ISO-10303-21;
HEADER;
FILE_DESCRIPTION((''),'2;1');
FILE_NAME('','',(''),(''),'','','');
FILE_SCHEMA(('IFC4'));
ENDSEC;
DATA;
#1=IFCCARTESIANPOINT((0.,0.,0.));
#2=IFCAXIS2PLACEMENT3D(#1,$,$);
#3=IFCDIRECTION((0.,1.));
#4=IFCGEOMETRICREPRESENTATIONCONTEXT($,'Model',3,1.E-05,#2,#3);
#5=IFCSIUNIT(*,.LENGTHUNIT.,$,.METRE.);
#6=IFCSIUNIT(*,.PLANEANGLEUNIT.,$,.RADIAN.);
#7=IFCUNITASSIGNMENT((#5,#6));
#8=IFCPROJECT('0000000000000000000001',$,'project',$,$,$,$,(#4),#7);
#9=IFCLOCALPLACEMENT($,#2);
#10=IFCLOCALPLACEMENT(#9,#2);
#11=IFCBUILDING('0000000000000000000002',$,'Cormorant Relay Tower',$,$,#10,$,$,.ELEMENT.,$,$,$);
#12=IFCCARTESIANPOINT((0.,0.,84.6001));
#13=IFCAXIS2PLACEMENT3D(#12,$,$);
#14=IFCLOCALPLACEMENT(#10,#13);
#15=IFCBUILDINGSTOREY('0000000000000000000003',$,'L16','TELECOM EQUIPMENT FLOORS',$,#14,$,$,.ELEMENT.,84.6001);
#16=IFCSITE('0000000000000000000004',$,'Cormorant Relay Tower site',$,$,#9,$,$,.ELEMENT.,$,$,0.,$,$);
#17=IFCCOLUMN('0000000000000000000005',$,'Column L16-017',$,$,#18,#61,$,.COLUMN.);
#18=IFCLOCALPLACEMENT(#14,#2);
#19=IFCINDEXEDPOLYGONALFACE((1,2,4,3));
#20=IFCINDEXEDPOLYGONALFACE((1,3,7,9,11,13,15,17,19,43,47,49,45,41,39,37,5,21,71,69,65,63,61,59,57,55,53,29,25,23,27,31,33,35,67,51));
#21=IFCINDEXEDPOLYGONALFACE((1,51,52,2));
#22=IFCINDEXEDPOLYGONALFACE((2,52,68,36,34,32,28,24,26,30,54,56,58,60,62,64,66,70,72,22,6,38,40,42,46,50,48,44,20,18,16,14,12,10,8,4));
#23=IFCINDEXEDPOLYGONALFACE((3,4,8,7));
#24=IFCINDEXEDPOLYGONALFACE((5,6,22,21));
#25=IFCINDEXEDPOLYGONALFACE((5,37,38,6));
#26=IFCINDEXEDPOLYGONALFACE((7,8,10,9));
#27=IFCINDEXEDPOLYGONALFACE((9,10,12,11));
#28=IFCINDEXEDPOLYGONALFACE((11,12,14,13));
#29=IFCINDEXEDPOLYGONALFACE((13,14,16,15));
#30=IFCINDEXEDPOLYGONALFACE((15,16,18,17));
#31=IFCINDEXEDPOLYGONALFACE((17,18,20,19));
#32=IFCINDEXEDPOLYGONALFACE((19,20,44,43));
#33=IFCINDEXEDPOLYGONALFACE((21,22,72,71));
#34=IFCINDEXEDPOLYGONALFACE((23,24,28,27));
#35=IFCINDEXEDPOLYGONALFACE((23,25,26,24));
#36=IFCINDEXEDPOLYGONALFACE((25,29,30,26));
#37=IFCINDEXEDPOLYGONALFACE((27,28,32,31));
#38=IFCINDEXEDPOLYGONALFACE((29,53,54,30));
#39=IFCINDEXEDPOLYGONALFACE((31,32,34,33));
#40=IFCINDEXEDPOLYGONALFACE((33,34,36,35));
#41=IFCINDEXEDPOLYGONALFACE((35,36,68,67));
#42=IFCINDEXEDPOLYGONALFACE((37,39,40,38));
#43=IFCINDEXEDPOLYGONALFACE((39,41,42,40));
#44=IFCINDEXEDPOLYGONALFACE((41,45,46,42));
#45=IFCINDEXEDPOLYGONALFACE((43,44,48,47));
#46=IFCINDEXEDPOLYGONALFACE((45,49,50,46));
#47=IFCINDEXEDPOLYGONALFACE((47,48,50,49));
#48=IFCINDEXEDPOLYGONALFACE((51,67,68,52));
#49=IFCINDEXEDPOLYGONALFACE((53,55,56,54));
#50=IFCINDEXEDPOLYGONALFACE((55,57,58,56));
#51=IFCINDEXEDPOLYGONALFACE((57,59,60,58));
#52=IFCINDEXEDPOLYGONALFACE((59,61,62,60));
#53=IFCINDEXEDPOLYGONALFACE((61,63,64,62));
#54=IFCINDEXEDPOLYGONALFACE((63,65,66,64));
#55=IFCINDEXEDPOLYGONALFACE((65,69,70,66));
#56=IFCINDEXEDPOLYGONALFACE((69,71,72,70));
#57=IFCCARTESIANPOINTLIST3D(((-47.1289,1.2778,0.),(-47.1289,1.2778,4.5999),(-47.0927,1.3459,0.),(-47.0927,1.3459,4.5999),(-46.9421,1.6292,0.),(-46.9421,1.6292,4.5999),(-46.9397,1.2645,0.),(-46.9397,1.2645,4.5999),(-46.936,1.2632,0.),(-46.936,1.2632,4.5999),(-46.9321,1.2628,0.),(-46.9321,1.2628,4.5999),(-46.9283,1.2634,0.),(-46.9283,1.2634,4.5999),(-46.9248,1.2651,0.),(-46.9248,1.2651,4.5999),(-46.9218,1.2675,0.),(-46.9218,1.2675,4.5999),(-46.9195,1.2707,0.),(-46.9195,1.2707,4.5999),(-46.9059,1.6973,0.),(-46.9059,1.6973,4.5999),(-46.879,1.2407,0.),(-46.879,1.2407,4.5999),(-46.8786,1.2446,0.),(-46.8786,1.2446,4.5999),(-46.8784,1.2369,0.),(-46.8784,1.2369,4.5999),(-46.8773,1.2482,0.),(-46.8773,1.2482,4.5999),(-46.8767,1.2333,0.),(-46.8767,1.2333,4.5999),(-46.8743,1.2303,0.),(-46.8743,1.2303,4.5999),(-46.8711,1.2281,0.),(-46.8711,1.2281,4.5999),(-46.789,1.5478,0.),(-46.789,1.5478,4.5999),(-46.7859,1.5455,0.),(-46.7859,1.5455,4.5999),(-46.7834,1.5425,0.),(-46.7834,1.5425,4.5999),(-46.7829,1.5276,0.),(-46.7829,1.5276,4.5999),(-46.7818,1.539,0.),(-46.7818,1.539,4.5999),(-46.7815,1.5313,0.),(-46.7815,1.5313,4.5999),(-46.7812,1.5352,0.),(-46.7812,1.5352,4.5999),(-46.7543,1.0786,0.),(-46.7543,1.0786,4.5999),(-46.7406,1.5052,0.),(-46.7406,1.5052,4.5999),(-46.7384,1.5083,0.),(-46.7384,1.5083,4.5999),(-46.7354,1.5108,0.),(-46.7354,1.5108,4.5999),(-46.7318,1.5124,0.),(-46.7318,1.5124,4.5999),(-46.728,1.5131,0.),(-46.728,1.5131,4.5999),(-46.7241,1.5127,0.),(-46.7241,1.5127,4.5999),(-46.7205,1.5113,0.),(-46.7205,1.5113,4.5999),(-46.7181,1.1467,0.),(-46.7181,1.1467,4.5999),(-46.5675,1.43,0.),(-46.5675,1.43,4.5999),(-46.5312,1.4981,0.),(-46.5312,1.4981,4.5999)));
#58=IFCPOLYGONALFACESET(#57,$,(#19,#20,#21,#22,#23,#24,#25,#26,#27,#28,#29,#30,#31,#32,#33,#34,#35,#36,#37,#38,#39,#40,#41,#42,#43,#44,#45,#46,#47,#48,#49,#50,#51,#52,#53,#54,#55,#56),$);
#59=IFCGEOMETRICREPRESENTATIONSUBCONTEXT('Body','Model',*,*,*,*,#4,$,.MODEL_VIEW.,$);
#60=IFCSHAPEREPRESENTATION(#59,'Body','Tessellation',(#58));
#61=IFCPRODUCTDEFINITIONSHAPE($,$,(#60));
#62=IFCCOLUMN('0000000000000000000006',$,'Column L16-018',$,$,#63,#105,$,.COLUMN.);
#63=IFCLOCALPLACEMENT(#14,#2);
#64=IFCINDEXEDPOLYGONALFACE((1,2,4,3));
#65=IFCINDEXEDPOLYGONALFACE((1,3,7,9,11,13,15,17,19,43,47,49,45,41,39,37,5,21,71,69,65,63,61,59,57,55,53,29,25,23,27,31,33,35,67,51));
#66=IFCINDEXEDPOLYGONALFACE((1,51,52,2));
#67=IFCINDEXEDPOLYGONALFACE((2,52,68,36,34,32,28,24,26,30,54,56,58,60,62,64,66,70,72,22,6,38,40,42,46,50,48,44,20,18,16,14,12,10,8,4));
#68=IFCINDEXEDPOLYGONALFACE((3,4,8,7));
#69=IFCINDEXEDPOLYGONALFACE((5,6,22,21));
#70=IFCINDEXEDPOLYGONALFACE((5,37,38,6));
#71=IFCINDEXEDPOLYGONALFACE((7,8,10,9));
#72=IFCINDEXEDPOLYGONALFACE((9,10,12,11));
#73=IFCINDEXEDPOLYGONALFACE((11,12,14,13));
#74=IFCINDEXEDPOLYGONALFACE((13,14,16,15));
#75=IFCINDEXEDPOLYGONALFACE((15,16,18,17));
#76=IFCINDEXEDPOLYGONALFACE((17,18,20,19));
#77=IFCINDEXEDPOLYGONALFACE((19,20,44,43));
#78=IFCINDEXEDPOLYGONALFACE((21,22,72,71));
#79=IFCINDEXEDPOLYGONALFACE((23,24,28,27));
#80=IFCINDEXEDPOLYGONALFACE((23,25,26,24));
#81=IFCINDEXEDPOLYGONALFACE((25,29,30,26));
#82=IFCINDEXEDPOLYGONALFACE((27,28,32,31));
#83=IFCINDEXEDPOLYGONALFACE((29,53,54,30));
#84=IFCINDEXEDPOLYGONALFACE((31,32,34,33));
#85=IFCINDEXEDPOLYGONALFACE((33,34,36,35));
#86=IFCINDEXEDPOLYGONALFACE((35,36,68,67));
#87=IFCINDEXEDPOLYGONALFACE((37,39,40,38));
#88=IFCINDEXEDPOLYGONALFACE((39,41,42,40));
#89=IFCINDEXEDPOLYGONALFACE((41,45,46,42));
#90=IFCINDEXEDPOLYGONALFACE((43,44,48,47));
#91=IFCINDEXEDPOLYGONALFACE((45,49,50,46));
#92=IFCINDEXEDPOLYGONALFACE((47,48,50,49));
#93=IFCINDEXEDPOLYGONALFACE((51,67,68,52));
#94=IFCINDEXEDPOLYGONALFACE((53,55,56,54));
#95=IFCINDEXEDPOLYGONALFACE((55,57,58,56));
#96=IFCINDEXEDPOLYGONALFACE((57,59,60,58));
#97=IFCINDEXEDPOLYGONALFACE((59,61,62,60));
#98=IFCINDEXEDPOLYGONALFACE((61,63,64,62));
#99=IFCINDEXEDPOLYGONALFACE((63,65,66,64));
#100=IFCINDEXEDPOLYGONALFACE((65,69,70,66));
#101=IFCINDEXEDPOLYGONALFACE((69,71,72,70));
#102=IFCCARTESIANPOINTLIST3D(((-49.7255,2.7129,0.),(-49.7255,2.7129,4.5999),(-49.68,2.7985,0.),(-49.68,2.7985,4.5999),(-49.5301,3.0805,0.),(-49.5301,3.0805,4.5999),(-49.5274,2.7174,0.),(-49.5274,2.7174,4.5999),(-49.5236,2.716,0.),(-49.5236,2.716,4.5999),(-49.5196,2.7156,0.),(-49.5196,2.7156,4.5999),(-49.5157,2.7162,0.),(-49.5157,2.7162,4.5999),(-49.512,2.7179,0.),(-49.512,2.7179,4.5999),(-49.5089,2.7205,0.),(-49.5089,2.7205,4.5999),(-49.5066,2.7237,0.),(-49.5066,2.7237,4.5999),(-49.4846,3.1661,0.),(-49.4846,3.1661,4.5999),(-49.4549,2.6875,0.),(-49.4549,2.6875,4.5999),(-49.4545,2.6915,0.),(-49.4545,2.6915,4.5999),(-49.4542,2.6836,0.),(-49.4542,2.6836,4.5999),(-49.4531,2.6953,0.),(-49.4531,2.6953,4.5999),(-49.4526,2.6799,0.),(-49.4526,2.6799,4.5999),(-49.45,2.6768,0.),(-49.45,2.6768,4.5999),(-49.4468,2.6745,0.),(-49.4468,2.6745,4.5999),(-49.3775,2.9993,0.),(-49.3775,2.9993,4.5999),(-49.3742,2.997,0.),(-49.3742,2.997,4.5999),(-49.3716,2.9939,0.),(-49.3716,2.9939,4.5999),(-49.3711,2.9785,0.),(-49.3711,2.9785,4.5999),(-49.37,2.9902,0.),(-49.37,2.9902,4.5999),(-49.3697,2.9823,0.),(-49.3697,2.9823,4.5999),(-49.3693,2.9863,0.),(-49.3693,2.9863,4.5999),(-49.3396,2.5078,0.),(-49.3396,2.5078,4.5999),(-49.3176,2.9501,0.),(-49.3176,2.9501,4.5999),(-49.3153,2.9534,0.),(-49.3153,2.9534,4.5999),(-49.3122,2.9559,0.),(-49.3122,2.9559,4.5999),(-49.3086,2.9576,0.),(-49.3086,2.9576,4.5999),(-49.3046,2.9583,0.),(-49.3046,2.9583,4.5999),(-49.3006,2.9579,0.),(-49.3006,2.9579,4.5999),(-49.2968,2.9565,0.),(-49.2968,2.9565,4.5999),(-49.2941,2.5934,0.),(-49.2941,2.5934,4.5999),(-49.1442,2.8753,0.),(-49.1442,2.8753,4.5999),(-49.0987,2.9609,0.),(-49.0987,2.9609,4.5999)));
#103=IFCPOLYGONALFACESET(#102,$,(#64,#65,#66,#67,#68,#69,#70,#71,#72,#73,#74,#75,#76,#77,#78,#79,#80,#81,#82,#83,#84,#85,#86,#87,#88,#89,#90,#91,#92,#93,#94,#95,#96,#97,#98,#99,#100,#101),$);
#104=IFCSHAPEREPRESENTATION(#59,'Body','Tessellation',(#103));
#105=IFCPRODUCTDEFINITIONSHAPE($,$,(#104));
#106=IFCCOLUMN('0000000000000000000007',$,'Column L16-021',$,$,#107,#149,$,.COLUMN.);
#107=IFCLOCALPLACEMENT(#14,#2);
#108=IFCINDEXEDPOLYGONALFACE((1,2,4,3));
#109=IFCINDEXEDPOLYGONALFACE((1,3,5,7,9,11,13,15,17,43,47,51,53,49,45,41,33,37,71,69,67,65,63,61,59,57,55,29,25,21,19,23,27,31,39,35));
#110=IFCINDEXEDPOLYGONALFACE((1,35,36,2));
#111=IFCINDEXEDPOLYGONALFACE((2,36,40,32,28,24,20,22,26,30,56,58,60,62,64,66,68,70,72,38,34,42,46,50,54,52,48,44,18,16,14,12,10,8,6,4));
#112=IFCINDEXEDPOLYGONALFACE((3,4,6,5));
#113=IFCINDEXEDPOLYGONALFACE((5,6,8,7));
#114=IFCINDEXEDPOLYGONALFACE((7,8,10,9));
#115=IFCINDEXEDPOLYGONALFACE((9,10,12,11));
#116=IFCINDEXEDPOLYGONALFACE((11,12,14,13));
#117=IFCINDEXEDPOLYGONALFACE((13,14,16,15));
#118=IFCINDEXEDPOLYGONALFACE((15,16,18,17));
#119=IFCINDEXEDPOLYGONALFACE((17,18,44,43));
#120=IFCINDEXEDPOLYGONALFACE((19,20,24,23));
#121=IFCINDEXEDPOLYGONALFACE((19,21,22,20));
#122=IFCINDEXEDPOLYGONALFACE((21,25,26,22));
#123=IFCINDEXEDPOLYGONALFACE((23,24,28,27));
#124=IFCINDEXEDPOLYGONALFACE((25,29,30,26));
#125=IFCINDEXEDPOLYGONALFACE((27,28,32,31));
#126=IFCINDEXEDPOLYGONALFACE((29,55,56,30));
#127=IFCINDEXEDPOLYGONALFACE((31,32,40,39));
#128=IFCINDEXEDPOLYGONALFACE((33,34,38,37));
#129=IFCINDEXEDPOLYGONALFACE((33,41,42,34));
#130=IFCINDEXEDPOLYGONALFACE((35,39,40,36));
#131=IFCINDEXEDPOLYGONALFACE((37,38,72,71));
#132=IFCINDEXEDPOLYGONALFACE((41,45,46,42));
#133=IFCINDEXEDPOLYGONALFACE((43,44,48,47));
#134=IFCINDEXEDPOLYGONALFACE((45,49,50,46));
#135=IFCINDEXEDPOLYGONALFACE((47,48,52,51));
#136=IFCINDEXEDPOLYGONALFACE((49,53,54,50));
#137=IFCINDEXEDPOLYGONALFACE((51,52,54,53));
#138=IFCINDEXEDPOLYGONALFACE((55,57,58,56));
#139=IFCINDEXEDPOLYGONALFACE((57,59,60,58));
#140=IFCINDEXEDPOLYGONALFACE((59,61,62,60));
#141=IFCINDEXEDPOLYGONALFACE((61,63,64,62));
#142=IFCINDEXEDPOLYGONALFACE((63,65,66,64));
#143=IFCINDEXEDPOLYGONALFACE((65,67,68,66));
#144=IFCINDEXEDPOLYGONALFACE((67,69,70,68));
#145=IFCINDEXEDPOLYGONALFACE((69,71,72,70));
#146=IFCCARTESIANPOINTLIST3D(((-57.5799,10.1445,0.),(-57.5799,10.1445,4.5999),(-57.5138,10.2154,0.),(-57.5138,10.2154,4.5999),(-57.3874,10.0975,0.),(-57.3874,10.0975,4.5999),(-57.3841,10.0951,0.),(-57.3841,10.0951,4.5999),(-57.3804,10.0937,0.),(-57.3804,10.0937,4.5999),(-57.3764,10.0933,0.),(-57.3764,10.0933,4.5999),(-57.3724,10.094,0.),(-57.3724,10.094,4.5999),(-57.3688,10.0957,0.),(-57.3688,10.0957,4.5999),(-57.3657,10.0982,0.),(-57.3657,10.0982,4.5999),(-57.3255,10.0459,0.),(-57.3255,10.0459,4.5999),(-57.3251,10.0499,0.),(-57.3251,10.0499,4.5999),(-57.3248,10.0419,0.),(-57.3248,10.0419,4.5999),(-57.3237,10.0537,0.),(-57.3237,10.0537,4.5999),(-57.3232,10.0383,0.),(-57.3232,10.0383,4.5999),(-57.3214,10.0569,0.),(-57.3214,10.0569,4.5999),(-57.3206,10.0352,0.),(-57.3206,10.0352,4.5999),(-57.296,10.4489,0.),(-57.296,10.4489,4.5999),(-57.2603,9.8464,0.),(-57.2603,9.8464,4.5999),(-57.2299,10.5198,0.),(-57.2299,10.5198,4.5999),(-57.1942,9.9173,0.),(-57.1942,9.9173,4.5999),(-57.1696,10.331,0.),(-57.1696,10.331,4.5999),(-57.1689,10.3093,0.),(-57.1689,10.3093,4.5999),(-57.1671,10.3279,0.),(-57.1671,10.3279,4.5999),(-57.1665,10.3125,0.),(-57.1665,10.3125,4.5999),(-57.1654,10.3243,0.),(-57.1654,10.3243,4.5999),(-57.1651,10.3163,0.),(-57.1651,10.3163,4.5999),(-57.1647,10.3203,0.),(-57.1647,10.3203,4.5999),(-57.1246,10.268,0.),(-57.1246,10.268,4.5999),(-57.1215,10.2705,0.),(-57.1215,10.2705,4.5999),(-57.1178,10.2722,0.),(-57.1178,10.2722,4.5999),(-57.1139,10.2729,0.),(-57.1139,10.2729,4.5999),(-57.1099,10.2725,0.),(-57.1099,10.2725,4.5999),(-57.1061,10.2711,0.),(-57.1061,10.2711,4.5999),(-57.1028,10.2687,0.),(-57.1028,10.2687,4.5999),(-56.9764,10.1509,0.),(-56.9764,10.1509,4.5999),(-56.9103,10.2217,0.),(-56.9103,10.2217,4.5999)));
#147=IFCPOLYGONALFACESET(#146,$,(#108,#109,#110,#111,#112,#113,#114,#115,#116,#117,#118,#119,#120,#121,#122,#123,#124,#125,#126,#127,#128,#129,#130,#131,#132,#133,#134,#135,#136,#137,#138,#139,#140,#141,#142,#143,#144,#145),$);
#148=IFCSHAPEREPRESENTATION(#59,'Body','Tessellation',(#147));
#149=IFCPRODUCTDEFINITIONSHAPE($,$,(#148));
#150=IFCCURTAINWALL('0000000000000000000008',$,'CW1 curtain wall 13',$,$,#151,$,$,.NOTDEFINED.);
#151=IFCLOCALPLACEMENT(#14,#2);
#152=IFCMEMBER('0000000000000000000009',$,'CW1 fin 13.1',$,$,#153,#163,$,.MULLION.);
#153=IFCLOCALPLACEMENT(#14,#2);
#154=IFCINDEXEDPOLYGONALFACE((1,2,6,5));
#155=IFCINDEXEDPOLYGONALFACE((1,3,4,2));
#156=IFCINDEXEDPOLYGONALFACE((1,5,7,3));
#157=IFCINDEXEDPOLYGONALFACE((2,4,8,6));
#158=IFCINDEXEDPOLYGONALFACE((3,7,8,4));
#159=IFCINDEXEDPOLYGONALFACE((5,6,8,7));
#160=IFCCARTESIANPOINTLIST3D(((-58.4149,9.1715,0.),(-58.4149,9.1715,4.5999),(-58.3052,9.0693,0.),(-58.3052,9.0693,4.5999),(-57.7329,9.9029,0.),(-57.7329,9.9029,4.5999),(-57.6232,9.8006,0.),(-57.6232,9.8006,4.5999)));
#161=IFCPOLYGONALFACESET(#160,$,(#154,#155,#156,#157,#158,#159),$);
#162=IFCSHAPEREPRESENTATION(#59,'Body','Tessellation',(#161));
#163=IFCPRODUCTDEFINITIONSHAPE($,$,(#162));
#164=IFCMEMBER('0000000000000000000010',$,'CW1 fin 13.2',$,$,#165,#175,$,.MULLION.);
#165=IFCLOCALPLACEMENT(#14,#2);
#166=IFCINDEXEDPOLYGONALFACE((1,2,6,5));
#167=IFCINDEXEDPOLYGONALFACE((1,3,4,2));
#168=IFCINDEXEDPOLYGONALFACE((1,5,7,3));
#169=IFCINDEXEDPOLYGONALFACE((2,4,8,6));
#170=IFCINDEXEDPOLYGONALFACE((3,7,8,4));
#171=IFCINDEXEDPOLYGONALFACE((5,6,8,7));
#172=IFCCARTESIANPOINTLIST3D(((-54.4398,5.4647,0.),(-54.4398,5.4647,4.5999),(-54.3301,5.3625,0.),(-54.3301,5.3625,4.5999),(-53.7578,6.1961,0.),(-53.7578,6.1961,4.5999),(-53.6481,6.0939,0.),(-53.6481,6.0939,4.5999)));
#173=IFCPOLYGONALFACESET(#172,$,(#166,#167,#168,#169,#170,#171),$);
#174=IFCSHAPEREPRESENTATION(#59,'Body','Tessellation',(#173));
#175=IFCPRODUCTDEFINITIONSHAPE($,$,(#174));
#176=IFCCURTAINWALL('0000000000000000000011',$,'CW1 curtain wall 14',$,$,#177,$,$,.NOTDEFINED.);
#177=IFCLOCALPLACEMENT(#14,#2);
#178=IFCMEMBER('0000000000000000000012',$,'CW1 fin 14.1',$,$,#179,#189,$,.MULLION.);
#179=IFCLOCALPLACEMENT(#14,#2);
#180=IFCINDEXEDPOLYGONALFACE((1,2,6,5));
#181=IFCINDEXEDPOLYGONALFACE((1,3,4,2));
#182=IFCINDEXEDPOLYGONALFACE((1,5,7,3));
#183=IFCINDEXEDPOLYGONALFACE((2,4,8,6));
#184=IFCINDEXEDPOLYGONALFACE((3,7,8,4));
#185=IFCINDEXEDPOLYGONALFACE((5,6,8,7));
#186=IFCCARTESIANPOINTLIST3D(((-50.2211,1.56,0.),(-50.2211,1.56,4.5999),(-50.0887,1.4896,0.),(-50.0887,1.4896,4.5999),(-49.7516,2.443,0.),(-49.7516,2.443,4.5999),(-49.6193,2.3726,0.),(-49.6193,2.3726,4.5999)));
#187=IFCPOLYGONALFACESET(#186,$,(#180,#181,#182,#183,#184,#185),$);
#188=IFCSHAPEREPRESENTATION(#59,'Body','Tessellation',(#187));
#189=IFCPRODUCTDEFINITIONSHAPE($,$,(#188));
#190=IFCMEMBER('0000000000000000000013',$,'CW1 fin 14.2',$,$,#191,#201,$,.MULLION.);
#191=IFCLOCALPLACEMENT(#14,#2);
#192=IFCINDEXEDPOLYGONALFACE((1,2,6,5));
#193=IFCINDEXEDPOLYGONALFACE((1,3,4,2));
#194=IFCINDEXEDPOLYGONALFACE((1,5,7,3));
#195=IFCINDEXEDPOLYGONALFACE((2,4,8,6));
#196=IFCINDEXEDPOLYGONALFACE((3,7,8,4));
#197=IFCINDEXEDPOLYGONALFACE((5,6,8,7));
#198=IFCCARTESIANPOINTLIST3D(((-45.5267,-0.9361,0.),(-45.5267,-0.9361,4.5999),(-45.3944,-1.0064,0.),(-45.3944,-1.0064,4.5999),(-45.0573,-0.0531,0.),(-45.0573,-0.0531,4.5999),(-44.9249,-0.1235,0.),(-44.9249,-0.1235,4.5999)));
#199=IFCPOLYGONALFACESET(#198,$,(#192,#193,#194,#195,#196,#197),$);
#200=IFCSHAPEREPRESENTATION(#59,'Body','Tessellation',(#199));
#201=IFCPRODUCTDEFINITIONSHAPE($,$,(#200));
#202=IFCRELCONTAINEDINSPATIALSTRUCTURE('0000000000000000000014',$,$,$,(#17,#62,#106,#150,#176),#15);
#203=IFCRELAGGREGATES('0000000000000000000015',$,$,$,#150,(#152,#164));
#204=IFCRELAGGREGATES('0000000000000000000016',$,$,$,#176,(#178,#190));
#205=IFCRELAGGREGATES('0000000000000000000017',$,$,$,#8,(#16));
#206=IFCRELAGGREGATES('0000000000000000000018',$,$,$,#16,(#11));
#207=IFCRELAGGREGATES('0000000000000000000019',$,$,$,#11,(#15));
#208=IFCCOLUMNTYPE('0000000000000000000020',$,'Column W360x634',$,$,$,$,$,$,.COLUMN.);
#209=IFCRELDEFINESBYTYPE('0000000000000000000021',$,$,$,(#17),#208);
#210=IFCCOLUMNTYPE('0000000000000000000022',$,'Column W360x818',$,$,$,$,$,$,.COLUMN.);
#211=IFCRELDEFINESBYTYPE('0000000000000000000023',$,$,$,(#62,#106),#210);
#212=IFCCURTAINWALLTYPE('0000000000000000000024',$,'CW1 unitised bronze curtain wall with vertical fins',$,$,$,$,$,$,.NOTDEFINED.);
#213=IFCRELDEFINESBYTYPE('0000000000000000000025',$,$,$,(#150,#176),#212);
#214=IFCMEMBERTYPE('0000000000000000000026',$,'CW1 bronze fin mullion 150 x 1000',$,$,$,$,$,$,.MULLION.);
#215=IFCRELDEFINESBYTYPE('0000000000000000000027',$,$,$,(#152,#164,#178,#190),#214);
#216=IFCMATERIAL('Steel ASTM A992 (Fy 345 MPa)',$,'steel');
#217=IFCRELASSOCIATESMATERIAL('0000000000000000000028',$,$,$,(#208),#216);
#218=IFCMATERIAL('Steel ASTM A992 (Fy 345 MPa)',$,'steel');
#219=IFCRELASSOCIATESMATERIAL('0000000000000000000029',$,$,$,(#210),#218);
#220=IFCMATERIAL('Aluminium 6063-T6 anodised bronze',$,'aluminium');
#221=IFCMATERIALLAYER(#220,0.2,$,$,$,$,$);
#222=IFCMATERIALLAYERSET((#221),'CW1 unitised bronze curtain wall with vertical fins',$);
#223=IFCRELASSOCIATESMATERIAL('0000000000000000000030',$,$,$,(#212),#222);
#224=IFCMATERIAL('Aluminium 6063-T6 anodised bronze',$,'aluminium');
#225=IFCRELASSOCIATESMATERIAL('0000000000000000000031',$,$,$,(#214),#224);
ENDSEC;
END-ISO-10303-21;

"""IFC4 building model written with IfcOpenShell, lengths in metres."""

from ifc_helpers import new_model, si_unit, direction, frame, origin, origin_2d, place, context, subcontext, project, spatial, rectangle, i_section, extrude, material, layer, layer_set, material_profile, profile_set, type_object, element, aggregate, save


model = new_model("IFC4")

# Units and contexts
model_context = context("Model", 3, precision=1e-05, world=origin(), true_north=direction((0.0, 1.0)))
body_context = subcontext(model_context, "Body", "Model", "MODEL_VIEW")
ifc_project = project(units=[si_unit("LENGTHUNIT", "METRE"), si_unit("PLANEANGLEUNIT", "RADIAN")], contexts=[model_context])

# Site, building, storey
site_placement = place(None, origin())
site = spatial("IfcSite", under=ifc_project, at=site_placement, Name="Cormorant Relay Tower site", CompositionType="ELEMENT", RefElevation=0.0)
building_placement = place(site_placement, origin())
building = spatial("IfcBuilding", under=site, at=building_placement, Name="Cormorant Relay Tower", CompositionType="ELEMENT")
storey_placement = place(building_placement, frame((0.0, 0.0, 84.6001)))
storey = spatial("IfcBuildingStorey", under=building, at=storey_placement, Name="L16", Description="TELECOM EQUIPMENT FLOORS", CompositionType="ELEMENT", Elevation=84.6001)

# Columns
ifc_material_1 = material(Name="Steel ASTM A992 (Fy 345 MPa)", Category="steel")
ifc_material_profile_1 = material_profile(ifc_material_1, i_section(OverallWidth=0.4243, OverallDepth=0.4751, WebThickness=0.0479, FlangeThickness=0.0771, FilletRadius=0.0149, at=origin_2d()), Name="W360x634")
ifc_profile_set_1 = profile_set([ifc_material_profile_1], Name="Steel ASTM A992 (Fy 345 MPa)")
column_type_1 = type_object("IfcColumnType", Name="Column W360x634", PredefinedType="COLUMN", material=ifc_profile_set_1)
column_placement = place(storey_placement, frame((-46.8301, 1.3879, 0.0), z_axis=(0.0, 0.0, 1.0), x_axis=(0.882948, -0.469472, 0.0)))
element("IfcColumn", 1, at=column_placement, inside=storey, type_object=column_type_1, Name="Column L16-017", PredefinedType="COLUMN", context=body_context, shape_type="SweptSolid", body=[
    extrude(i_section(OverallWidth=0.4243, OverallDepth=0.4751, WebThickness=0.0479, FlangeThickness=0.0771, FilletRadius=0.0149, at=origin_2d()), origin(), (0.0, 0.0, 1.0), 4.5999),
])
ifc_material_2 = material(Name="Steel ASTM A992 (Fy 345 MPa)", Category="steel")
ifc_material_profile_2 = material_profile(ifc_material_2, i_section(OverallWidth=0.437, OverallDepth=0.5132, WebThickness=0.0605, FlangeThickness=0.0969, FilletRadius=0.0154, at=origin_2d()), Name="W360x818")
ifc_profile_set_2 = profile_set([ifc_material_profile_2], Name="Steel ASTM A992 (Fy 345 MPa)")
column_type_2 = type_object("IfcColumnType", Name="Column W360x818", PredefinedType="COLUMN", material=ifc_profile_set_2)
for number, where, z_axis, x_axis, name in (
    (2, (-49.4121, 2.8369, 0.0), (0.0, 0.0, 1.0), (0.882948, -0.469472, 0.0), "Column L16-018"),
    (3, (-57.2451, 10.1831, 0.0), (0.0, 0.0, 1.0), (0.731354, -0.681998, 0.0), "Column L16-021"),
):
    element("IfcColumn", number, at=place(storey_placement, frame(where, z_axis=z_axis, x_axis=x_axis)), inside=storey, type_object=column_type_2, Name=name, PredefinedType="COLUMN", context=body_context, shape_type="SweptSolid", body=[
        extrude(i_section(OverallWidth=0.437, OverallDepth=0.5132, WebThickness=0.0605, FlangeThickness=0.0969, FilletRadius=0.0154, at=origin_2d()), origin(), (0.0, 0.0, 1.0), 4.5999),
    ])

# Curtain walls, members
ifc_material_3 = material(Name="Aluminium 6063-T6 anodised bronze", Category="aluminium")
ifc_layer_1 = layer(ifc_material_3, 0.2)
ifc_layer_set_1 = layer_set([ifc_layer_1], Name="CW1 unitised bronze curtain wall with vertical fins")
curtain_wall_type = type_object("IfcCurtainWallType", Name="CW1 unitised bronze curtain wall with vertical fins", PredefinedType="NOTDEFINED", material=ifc_layer_set_1)
curtain_wall_1_placement = place(storey_placement, origin())
curtain_wall_1 = element("IfcCurtainWall", 4, at=curtain_wall_1_placement, inside=storey, type_object=curtain_wall_type, Name="CW1 curtain wall 13", PredefinedType="NOTDEFINED")
ifc_material_4 = material(Name="Aluminium 6063-T6 anodised bronze", Category="aluminium")
ifc_material_profile_3 = material_profile(ifc_material_4, rectangle(XDim=0.1499, YDim=1.0, at=origin_2d()), Name="AL 150x1000")
ifc_profile_set_3 = profile_set([ifc_material_profile_3], Name="Aluminium 6063-T6 anodised bronze")
member_type_1 = type_object("IfcMemberType", Name="CW1 bronze fin mullion 150 x 1000", PredefinedType="MULLION", material=ifc_profile_set_3)
member_1_placement = place(storey_placement, frame((-58.019, 9.4861, 0.0), z_axis=(0.0, 0.0, 1.0), x_axis=(0.731354, -0.681998, 0.0)))
member_1 = element("IfcMember", 5, at=member_1_placement, type_object=member_type_1, Name="CW1 fin 13.1", PredefinedType="MULLION", context=body_context, shape_type="SweptSolid", body=[
    extrude(rectangle(XDim=0.1499, YDim=1.0, at=origin_2d()), origin(), (0.0, 0.0, 1.0), 4.5999),
])
member_2_placement = place(storey_placement, frame((-54.0439, 5.7793, 0.0), z_axis=(0.0, 0.0, 1.0), x_axis=(0.731354, -0.681998, 0.0)))
member_2 = element("IfcMember", 6, at=member_2_placement, type_object=member_type_1, Name="CW1 fin 13.2", PredefinedType="MULLION", context=body_context, shape_type="SweptSolid", body=[
    extrude(rectangle(XDim=0.1499, YDim=1.0, at=origin_2d()), origin(), (0.0, 0.0, 1.0), 4.5999),
])
curtain_wall_2_placement = place(storey_placement, origin())
curtain_wall_2 = element("IfcCurtainWall", 7, at=curtain_wall_2_placement, inside=storey, type_object=curtain_wall_type, Name="CW1 curtain wall 14", PredefinedType="NOTDEFINED")
member_3_placement = place(storey_placement, frame((-49.9202, 1.9663, 0.0), z_axis=(0.0, 0.0, 1.0), x_axis=(0.882948, -0.469472, 0.0)))
member_3 = element("IfcMember", 8, at=member_3_placement, type_object=member_type_1, Name="CW1 fin 14.1", PredefinedType="MULLION", context=body_context, shape_type="SweptSolid", body=[
    extrude(rectangle(XDim=0.1499, YDim=1.0, at=origin_2d()), origin(), (0.0, 0.0, 1.0), 4.5999),
])
member_4_placement = place(storey_placement, frame((-45.2258, -0.5298, 0.0), z_axis=(0.0, 0.0, 1.0), x_axis=(0.882948, -0.469472, 0.0)))
member_4 = element("IfcMember", 9, at=member_4_placement, type_object=member_type_1, Name="CW1 fin 14.2", PredefinedType="MULLION", context=body_context, shape_type="SweptSolid", body=[
    extrude(rectangle(XDim=0.1499, YDim=1.0, at=origin_2d()), origin(), (0.0, 0.0, 1.0), 4.5999),
])

aggregate(curtain_wall_1, [member_1, member_2])
aggregate(curtain_wall_2, [member_3, member_4])

save(model, "model.ifc")
